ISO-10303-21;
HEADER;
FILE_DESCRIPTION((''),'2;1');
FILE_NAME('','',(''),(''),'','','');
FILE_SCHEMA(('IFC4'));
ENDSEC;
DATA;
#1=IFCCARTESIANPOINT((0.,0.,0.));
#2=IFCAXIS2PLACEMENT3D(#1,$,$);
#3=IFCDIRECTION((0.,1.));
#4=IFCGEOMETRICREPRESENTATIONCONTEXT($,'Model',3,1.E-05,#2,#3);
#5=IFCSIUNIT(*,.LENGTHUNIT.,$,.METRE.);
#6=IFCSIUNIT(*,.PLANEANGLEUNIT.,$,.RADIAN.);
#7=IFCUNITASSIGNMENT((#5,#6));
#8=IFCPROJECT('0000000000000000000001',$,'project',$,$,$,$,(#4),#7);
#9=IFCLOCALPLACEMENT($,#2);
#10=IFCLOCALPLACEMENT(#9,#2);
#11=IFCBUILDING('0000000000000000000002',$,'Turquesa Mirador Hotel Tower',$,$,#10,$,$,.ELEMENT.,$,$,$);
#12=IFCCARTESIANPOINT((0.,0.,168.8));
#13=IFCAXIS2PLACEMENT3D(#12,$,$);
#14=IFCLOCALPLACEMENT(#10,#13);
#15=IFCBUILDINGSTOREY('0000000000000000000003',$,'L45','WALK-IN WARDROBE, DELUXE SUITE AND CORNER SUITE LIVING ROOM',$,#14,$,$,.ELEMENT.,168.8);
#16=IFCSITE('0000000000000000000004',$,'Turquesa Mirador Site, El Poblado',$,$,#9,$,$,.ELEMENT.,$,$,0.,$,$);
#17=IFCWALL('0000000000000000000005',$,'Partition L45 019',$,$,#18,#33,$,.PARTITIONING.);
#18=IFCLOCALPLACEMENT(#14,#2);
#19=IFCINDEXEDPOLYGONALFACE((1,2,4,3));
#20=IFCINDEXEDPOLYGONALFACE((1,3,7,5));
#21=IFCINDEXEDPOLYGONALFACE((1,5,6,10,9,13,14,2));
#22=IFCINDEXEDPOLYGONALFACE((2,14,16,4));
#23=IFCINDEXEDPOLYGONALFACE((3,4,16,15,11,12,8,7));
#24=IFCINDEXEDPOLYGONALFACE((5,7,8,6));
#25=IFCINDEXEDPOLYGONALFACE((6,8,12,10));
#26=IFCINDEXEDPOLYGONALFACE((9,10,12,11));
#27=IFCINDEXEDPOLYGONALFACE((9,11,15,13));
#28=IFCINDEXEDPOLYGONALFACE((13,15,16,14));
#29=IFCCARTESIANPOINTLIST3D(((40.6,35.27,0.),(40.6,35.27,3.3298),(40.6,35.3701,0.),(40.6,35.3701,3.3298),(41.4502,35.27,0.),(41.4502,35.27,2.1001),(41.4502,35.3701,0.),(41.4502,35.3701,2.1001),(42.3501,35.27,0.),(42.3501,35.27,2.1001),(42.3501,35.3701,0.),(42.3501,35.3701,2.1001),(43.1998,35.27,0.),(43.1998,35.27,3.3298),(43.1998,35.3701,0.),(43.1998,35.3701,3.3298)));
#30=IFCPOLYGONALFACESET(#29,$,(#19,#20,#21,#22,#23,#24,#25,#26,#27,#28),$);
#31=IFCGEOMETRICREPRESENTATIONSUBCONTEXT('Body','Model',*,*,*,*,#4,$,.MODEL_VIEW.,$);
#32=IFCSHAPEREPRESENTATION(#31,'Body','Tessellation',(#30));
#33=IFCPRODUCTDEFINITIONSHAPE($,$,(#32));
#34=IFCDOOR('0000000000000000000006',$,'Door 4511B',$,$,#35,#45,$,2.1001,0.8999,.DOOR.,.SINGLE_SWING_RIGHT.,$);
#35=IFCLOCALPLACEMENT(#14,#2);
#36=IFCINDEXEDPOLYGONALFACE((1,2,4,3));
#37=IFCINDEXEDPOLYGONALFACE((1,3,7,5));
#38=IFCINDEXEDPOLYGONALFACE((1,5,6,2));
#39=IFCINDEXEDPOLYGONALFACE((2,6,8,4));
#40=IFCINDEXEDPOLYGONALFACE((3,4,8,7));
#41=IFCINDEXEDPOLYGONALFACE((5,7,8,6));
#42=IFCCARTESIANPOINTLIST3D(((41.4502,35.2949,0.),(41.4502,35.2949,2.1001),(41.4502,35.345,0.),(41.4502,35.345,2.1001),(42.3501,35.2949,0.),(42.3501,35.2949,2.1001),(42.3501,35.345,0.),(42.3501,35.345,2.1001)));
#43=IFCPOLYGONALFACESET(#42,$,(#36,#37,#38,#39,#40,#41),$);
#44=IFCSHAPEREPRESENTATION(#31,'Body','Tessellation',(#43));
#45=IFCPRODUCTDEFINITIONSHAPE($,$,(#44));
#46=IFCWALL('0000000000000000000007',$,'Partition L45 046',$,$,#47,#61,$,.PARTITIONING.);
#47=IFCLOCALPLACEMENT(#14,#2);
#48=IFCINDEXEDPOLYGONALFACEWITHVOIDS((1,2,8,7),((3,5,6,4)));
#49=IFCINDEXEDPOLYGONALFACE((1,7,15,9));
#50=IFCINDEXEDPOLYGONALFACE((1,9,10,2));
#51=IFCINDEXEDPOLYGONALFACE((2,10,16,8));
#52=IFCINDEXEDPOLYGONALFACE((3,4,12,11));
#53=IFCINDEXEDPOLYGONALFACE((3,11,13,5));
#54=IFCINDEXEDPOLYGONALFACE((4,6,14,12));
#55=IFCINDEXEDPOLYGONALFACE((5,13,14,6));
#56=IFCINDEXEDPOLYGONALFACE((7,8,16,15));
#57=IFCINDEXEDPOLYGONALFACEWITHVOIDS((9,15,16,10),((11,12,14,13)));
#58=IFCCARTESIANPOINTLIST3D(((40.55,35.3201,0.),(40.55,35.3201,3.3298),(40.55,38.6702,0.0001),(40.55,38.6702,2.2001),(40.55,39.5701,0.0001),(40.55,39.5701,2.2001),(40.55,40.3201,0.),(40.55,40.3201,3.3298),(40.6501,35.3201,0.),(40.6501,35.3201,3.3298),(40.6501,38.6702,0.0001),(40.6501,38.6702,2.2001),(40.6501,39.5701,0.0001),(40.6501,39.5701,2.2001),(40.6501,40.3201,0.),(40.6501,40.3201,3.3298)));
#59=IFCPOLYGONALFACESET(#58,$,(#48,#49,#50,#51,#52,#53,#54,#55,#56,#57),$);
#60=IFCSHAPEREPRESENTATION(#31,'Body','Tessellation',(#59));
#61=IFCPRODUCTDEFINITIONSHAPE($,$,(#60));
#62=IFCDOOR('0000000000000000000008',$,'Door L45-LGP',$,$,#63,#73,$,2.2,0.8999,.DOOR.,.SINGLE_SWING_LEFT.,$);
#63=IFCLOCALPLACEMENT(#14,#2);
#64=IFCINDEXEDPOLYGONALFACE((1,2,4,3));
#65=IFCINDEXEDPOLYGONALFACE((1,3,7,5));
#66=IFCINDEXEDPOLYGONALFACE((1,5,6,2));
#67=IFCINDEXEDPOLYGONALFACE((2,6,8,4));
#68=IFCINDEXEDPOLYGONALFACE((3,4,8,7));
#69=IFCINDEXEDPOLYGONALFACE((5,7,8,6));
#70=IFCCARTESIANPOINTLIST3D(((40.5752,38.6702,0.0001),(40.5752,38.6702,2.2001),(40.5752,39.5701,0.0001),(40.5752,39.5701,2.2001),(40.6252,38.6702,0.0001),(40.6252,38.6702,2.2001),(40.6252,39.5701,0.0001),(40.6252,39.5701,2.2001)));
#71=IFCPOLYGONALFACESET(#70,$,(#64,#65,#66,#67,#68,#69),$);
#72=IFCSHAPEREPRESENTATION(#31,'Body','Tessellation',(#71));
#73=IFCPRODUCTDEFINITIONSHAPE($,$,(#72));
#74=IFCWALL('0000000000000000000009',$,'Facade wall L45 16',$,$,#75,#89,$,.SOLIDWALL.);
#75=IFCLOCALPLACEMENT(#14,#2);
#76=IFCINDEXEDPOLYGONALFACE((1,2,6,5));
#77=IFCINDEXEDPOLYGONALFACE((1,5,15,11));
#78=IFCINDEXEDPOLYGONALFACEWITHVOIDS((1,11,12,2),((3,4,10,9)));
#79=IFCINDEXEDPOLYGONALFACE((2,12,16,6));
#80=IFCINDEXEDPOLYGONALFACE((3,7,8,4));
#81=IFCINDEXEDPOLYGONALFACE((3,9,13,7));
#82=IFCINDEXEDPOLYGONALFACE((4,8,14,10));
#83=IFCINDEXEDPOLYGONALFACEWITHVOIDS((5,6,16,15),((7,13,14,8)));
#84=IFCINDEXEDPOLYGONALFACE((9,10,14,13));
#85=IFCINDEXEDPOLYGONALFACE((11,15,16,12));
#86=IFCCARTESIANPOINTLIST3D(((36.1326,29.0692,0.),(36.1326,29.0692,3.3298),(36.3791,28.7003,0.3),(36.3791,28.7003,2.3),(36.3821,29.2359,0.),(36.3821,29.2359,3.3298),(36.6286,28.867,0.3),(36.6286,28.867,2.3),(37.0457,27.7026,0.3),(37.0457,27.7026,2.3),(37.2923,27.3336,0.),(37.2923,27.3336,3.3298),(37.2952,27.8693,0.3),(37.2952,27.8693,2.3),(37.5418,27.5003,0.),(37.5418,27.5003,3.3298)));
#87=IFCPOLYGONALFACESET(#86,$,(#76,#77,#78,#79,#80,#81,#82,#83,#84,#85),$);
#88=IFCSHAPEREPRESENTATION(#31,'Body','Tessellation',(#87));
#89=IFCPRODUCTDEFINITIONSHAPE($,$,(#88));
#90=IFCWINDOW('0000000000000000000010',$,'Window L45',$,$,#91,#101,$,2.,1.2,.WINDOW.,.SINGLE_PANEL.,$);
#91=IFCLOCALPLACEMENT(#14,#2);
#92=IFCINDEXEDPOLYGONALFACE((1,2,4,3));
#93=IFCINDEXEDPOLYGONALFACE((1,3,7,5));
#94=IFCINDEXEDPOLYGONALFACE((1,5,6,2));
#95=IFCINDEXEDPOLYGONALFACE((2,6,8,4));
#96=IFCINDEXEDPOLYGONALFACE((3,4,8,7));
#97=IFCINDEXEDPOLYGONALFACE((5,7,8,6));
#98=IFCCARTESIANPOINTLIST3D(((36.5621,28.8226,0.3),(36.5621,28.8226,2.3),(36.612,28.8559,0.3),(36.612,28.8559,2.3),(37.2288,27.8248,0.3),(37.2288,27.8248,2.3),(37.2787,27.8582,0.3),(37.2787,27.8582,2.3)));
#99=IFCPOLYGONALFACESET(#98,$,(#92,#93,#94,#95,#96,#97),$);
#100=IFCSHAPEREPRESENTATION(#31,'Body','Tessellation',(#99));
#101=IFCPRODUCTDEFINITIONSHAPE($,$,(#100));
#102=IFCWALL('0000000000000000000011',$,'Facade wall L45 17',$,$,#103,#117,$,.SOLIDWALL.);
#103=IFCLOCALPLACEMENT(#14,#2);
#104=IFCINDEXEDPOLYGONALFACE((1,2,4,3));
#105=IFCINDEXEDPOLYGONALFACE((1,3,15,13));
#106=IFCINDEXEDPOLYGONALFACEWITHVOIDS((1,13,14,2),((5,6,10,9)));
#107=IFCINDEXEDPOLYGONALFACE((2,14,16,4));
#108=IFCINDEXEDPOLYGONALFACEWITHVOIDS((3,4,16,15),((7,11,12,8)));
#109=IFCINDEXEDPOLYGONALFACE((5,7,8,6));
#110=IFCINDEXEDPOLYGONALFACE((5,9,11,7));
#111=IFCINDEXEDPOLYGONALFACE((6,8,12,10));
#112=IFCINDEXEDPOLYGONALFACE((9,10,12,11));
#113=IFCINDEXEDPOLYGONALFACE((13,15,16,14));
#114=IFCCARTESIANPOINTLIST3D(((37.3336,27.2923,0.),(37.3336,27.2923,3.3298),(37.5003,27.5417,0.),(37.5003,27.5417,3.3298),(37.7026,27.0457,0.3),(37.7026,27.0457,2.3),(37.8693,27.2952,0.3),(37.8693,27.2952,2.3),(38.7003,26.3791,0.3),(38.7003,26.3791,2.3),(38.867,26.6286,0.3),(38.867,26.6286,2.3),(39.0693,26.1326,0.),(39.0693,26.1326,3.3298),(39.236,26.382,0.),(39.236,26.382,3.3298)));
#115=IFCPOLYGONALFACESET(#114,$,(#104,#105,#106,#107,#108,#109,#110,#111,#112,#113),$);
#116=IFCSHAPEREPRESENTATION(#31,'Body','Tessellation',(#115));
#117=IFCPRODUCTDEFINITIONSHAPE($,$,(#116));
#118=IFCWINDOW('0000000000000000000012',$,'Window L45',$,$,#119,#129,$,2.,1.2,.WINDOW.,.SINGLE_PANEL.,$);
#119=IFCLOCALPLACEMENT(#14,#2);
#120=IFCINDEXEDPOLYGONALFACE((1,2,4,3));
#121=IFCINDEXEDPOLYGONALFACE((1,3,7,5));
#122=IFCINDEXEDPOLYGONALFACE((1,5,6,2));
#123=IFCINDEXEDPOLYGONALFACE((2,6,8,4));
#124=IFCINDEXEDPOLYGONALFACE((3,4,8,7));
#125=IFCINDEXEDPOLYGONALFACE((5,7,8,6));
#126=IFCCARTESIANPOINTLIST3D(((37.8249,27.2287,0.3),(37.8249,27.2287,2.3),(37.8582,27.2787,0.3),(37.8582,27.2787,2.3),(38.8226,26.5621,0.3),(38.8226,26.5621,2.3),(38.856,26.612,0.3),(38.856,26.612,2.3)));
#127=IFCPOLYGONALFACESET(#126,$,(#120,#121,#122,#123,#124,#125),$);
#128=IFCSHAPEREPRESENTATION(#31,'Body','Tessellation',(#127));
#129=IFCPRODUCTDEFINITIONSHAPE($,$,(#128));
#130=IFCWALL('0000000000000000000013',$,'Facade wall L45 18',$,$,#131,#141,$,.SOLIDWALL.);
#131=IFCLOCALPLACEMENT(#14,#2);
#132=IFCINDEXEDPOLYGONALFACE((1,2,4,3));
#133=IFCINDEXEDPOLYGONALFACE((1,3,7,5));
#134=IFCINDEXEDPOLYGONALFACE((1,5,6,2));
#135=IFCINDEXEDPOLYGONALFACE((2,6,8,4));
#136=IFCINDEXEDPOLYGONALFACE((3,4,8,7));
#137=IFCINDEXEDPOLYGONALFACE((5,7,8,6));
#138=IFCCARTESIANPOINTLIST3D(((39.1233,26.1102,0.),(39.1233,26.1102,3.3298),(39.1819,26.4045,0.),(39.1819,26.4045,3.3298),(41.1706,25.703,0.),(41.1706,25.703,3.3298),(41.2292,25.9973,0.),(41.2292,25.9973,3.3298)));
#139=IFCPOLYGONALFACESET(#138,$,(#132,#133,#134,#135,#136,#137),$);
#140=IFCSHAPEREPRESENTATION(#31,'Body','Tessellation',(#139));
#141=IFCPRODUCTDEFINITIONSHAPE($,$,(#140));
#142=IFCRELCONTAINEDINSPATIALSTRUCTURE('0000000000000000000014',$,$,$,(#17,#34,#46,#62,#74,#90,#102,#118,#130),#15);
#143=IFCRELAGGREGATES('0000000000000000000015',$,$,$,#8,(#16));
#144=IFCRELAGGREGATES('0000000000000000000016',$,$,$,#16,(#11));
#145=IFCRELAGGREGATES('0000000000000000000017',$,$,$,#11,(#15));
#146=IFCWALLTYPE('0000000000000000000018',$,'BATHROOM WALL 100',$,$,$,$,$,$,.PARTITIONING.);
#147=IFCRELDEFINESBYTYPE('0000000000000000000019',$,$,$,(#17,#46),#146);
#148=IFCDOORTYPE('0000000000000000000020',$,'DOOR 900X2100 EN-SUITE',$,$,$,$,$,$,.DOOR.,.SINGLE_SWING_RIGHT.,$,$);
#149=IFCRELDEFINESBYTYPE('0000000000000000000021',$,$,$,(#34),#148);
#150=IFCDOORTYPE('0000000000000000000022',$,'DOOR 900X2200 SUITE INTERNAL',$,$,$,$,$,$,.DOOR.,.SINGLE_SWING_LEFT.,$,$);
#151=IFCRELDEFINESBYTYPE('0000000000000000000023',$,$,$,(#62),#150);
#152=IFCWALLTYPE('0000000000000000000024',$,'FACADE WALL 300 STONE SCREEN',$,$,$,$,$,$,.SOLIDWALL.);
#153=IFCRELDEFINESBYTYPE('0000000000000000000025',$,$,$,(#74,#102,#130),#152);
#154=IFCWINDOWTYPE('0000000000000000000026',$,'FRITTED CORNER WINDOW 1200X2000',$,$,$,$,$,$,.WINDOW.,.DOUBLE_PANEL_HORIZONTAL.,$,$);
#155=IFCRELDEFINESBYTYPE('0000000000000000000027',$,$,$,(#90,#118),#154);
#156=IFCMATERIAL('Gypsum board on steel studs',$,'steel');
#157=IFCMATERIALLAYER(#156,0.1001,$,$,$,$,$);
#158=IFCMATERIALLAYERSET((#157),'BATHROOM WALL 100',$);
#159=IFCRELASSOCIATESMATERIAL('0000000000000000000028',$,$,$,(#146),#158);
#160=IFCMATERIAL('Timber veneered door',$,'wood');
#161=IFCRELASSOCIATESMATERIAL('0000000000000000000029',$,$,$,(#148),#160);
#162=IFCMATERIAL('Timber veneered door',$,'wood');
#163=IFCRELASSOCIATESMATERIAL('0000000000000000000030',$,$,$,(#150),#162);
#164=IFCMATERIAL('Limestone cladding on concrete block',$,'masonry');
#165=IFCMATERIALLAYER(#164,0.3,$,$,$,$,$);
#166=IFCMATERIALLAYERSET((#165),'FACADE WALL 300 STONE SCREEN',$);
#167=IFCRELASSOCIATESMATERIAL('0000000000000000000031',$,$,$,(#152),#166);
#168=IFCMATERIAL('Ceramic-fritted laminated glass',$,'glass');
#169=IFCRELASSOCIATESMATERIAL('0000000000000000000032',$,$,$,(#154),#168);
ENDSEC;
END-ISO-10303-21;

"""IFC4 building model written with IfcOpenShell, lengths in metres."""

from ifc_helpers import new_model, si_unit, direction, frame, frame_2d, origin, place, context, subcontext, project, spatial, rectangle, extrude, material, layer, layer_set, type_object, element, fill, save


model = new_model("IFC4")

# Units and contexts
model_context = context("Model", 3, precision=1e-05, world=origin(), true_north=direction((0.0, 1.0)))
body_context = subcontext(model_context, "Body", "Model", "MODEL_VIEW")
ifc_project = project(units=[si_unit("LENGTHUNIT", "METRE"), si_unit("PLANEANGLEUNIT", "RADIAN")], contexts=[model_context])

# Site, building, storey
site_placement = place(None, origin())
site = spatial("IfcSite", under=ifc_project, at=site_placement, Name="Turquesa Mirador Site, El Poblado", CompositionType="ELEMENT", RefElevation=0.0)
building_placement = place(site_placement, origin())
building = spatial("IfcBuilding", under=site, at=building_placement, Name="Turquesa Mirador Hotel Tower", CompositionType="ELEMENT")
storey_placement = place(building_placement, frame((0.0, 0.0, 168.8)))
storey = spatial("IfcBuildingStorey", under=building, at=storey_placement, Name="L45", Description="WALK-IN WARDROBE, DELUXE SUITE AND CORNER SUITE LIVING ROOM", CompositionType="ELEMENT", Elevation=168.8)

# Shared definitions
ifc_material_1 = material(Name="Gypsum board on steel studs", Category="steel")
ifc_layer_1 = layer(ifc_material_1, 0.1001)
ifc_layer_set_1 = layer_set([ifc_layer_1], Name="BATHROOM WALL 100")
wall_type_1 = type_object("IfcWallType", Name="BATHROOM WALL 100", PredefinedType="PARTITIONING", material=ifc_layer_set_1)

# Walls, openings, doors
wall_1_placement = place(storey_placement, frame((40.6001, 35.3201, 0.0), z_axis=(0.0, 0.0, 1.0), x_axis=(1.0, 0.0, 0.0)))
wall_1 = element("IfcWall", 1, at=wall_1_placement, inside=storey, type_object=wall_type_1, Name="Partition L45 019", PredefinedType="PARTITIONING", context=body_context, shape_type="SweptSolid", body=[
    extrude(rectangle(XDim=2.5999, YDim=0.1001, at=frame_2d((1.2998, 0.0))), origin(), (0.0, 0.0, 1.0), 3.3298),
])
opening_1_placement = place(wall_1_placement, frame((0.8501, 0.0, 0.0)))
opening_1 = element("IfcOpeningElement", 2, at=opening_1_placement, cuts=wall_1, PredefinedType="OPENING", context=body_context, shape_type="SweptSolid", body=[
    extrude(rectangle(XDim=0.8999, YDim=2.1001, at=frame_2d((0.45, 1.05))), frame((0.0, 0.0601, 0.0), z_axis=(0.0, -1.0, 0.0), x_axis=(1.0, 0.0, 0.0)), (0.0, 0.0, 1.0), 0.1201),
])
ifc_material_2 = material(Name="Timber veneered door", Category="wood")
door_type_1 = type_object("IfcDoorType", Name="DOOR 900X2100 EN-SUITE", OperationType="SINGLE_SWING_RIGHT", PredefinedType="DOOR", material=ifc_material_2)
door_1_placement = place(opening_1_placement, origin())
door_1 = element("IfcDoor", 3, at=door_1_placement, inside=storey, type_object=door_type_1, Name="Door 4511B", OperationType="SINGLE_SWING_RIGHT", OverallHeight=2.1001, OverallWidth=0.8999, PredefinedType="DOOR", context=body_context, shape_type="SweptSolid", body=[
    extrude(rectangle(XDim=0.8999, YDim=2.1001, at=frame_2d((0.45, 1.05))), frame((0.0, 0.0249, 0.0), z_axis=(0.0, -1.0, 0.0), x_axis=(1.0, 0.0, 0.0)), (0.0, 0.0, 1.0), 0.05),
])
fill(opening_1, door_1)
wall_2_placement = place(storey_placement, frame((40.6001, 35.3201, 0.0), z_axis=(0.0, 0.0, 1.0), x_axis=(0.0, 1.0, 0.0)))
wall_2 = element("IfcWall", 4, at=wall_2_placement, inside=storey, type_object=wall_type_1, Name="Partition L45 046", PredefinedType="PARTITIONING", context=body_context, shape_type="SweptSolid", body=[
    extrude(rectangle(XDim=5.0, YDim=0.1001, at=frame_2d((2.5, 0.0))), origin(), (0.0, 0.0, 1.0), 3.3298),
])
opening_2_placement = place(wall_2_placement, frame((3.3501, 0.0, 0.0)))
opening_2 = element("IfcOpeningElement", 5, at=opening_2_placement, cuts=wall_2, PredefinedType="OPENING", context=body_context, shape_type="SweptSolid", body=[
    extrude(rectangle(XDim=0.8999, YDim=2.2, at=frame_2d((0.45, 1.1001))), frame((0.0, 0.0601, 0.0), z_axis=(0.0, -1.0, 0.0), x_axis=(1.0, 0.0, 0.0)), (0.0, 0.0, 1.0), 0.1201),
])
ifc_material_3 = material(Name="Timber veneered door", Category="wood")
door_type_2 = type_object("IfcDoorType", Name="DOOR 900X2200 SUITE INTERNAL", OperationType="SINGLE_SWING_LEFT", PredefinedType="DOOR", material=ifc_material_3)
door_2_placement = place(opening_2_placement, origin())
door_2 = element("IfcDoor", 6, at=door_2_placement, inside=storey, type_object=door_type_2, Name="Door L45-LGP", OperationType="SINGLE_SWING_LEFT", OverallHeight=2.2, OverallWidth=0.8999, PredefinedType="DOOR", context=body_context, shape_type="SweptSolid", body=[
    extrude(rectangle(XDim=0.8999, YDim=2.2, at=frame_2d((0.45, 1.1001))), frame((0.0, 0.0249, 0.0), z_axis=(0.0, -1.0, 0.0), x_axis=(1.0, 0.0, 0.0)), (0.0, 0.0, 1.0), 0.05),
])
fill(opening_2, door_2)

# Walls, openings, windows
ifc_material_4 = material(Name="Limestone cladding on concrete block", Category="masonry")
ifc_layer_2 = layer(ifc_material_4, 0.3)
ifc_layer_set_2 = layer_set([ifc_layer_2], Name="FACADE WALL 300 STONE SCREEN")
wall_type_2 = type_object("IfcWallType", Name="FACADE WALL 300 STONE SCREEN", PredefinedType="SOLIDWALL", material=ifc_layer_set_2)
wall_3_placement = place(storey_placement, frame((36.2573, 29.1526, 0.0), z_axis=(0.0, 0.0, 1.0), x_axis=(0.555564, -0.831474, 0.0)))
wall_3 = element("IfcWall", 7, at=wall_3_placement, inside=storey, type_object=wall_type_2, Name="Facade wall L45 16", PredefinedType="SOLIDWALL", context=body_context, shape_type="SweptSolid", body=[
    extrude(rectangle(XDim=2.0874, YDim=0.3, at=frame_2d((1.0437, 0.0))), origin(), (0.0, 0.0, 1.0), 3.3298),
])
opening_3_placement = place(wall_3_placement, frame((0.4436, 0.0, 0.3)))
opening_3 = element("IfcOpeningElement", 8, at=opening_3_placement, cuts=wall_3, PredefinedType="OPENING", context=body_context, shape_type="SweptSolid", body=[
    extrude(rectangle(XDim=1.2, YDim=2.0, at=frame_2d((0.6001, 1.0))), frame((0.0, 0.1599, 0.0), z_axis=(0.0, -1.0, 0.0), x_axis=(1.0, 0.0, 0.0)), (0.0, 0.0, 1.0), 0.3201),
])
ifc_material_5 = material(Name="Ceramic-fritted laminated glass", Category="glass")
window_type_1 = type_object("IfcWindowType", Name="FRITTED CORNER WINDOW 1200X2000", PartitioningType="DOUBLE_PANEL_HORIZONTAL", PredefinedType="WINDOW", material=ifc_material_5)
window_1_placement = place(opening_3_placement, origin())
window_1 = element("IfcWindow", 9, at=window_1_placement, inside=storey, type_object=window_type_1, Name="Window L45", OverallHeight=2.0, OverallWidth=1.2, PartitioningType="SINGLE_PANEL", PredefinedType="WINDOW", context=body_context, shape_type="SweptSolid", body=[
    extrude(rectangle(XDim=1.2, YDim=2.0, at=frame_2d((0.6001, 1.0))), frame((0.0, 0.1301, 0.0), z_axis=(0.0, -1.0, 0.0), x_axis=(1.0, 0.0, 0.0)), (0.0, 0.0, 1.0), 0.0601),
])
fill(opening_3, window_1)
wall_4_placement = place(storey_placement, frame((37.417, 27.417, 0.0), z_axis=(0.0, 0.0, 1.0), x_axis=(0.831474, -0.555564, 0.0)))
wall_4 = element("IfcWall", 10, at=wall_4_placement, inside=storey, type_object=wall_type_2, Name="Facade wall L45 17", PredefinedType="SOLIDWALL", context=body_context, shape_type="SweptSolid", body=[
    extrude(rectangle(XDim=2.0874, YDim=0.3, at=frame_2d((1.0437, 0.0))), origin(), (0.0, 0.0, 1.0), 3.3298),
])
opening_4_placement = place(wall_4_placement, frame((0.4436, 0.0, 0.3)))
opening_4 = element("IfcOpeningElement", 11, at=opening_4_placement, cuts=wall_4, PredefinedType="OPENING", context=body_context, shape_type="SweptSolid", body=[
    extrude(rectangle(XDim=1.2, YDim=2.0, at=frame_2d((0.6001, 1.0))), frame((0.0, 0.1599, 0.0), z_axis=(0.0, -1.0, 0.0), x_axis=(1.0, 0.0, 0.0)), (0.0, 0.0, 1.0), 0.3201),
])
window_2_placement = place(opening_4_placement, origin())
window_2 = element("IfcWindow", 12, at=window_2_placement, inside=storey, type_object=window_type_1, Name="Window L45", OverallHeight=2.0, OverallWidth=1.2, PartitioningType="SINGLE_PANEL", PredefinedType="WINDOW", context=body_context, shape_type="SweptSolid", body=[
    extrude(rectangle(XDim=1.2, YDim=2.0, at=frame_2d((0.6001, 1.0))), frame((0.0, 0.1301, 0.0), z_axis=(0.0, -1.0, 0.0), x_axis=(1.0, 0.0, 0.0)), (0.0, 0.0, 1.0), 0.0601),
])
fill(opening_4, window_2)

# Wall
wall_5_placement = place(storey_placement, frame((39.1526, 26.2573, 0.0), z_axis=(0.0, 0.0, 1.0), x_axis=(0.980787, -0.195081, 0.0)))
element("IfcWall", 13, at=wall_5_placement, inside=storey, type_object=wall_type_2, Name="Facade wall L45 18", PredefinedType="SOLIDWALL", context=body_context, shape_type="SweptSolid", body=[
    extrude(rectangle(XDim=2.0874, YDim=0.3, at=frame_2d((1.0437, 0.0))), origin(), (0.0, 0.0, 1.0), 3.3298),
])

save(model, "model.ifc")
